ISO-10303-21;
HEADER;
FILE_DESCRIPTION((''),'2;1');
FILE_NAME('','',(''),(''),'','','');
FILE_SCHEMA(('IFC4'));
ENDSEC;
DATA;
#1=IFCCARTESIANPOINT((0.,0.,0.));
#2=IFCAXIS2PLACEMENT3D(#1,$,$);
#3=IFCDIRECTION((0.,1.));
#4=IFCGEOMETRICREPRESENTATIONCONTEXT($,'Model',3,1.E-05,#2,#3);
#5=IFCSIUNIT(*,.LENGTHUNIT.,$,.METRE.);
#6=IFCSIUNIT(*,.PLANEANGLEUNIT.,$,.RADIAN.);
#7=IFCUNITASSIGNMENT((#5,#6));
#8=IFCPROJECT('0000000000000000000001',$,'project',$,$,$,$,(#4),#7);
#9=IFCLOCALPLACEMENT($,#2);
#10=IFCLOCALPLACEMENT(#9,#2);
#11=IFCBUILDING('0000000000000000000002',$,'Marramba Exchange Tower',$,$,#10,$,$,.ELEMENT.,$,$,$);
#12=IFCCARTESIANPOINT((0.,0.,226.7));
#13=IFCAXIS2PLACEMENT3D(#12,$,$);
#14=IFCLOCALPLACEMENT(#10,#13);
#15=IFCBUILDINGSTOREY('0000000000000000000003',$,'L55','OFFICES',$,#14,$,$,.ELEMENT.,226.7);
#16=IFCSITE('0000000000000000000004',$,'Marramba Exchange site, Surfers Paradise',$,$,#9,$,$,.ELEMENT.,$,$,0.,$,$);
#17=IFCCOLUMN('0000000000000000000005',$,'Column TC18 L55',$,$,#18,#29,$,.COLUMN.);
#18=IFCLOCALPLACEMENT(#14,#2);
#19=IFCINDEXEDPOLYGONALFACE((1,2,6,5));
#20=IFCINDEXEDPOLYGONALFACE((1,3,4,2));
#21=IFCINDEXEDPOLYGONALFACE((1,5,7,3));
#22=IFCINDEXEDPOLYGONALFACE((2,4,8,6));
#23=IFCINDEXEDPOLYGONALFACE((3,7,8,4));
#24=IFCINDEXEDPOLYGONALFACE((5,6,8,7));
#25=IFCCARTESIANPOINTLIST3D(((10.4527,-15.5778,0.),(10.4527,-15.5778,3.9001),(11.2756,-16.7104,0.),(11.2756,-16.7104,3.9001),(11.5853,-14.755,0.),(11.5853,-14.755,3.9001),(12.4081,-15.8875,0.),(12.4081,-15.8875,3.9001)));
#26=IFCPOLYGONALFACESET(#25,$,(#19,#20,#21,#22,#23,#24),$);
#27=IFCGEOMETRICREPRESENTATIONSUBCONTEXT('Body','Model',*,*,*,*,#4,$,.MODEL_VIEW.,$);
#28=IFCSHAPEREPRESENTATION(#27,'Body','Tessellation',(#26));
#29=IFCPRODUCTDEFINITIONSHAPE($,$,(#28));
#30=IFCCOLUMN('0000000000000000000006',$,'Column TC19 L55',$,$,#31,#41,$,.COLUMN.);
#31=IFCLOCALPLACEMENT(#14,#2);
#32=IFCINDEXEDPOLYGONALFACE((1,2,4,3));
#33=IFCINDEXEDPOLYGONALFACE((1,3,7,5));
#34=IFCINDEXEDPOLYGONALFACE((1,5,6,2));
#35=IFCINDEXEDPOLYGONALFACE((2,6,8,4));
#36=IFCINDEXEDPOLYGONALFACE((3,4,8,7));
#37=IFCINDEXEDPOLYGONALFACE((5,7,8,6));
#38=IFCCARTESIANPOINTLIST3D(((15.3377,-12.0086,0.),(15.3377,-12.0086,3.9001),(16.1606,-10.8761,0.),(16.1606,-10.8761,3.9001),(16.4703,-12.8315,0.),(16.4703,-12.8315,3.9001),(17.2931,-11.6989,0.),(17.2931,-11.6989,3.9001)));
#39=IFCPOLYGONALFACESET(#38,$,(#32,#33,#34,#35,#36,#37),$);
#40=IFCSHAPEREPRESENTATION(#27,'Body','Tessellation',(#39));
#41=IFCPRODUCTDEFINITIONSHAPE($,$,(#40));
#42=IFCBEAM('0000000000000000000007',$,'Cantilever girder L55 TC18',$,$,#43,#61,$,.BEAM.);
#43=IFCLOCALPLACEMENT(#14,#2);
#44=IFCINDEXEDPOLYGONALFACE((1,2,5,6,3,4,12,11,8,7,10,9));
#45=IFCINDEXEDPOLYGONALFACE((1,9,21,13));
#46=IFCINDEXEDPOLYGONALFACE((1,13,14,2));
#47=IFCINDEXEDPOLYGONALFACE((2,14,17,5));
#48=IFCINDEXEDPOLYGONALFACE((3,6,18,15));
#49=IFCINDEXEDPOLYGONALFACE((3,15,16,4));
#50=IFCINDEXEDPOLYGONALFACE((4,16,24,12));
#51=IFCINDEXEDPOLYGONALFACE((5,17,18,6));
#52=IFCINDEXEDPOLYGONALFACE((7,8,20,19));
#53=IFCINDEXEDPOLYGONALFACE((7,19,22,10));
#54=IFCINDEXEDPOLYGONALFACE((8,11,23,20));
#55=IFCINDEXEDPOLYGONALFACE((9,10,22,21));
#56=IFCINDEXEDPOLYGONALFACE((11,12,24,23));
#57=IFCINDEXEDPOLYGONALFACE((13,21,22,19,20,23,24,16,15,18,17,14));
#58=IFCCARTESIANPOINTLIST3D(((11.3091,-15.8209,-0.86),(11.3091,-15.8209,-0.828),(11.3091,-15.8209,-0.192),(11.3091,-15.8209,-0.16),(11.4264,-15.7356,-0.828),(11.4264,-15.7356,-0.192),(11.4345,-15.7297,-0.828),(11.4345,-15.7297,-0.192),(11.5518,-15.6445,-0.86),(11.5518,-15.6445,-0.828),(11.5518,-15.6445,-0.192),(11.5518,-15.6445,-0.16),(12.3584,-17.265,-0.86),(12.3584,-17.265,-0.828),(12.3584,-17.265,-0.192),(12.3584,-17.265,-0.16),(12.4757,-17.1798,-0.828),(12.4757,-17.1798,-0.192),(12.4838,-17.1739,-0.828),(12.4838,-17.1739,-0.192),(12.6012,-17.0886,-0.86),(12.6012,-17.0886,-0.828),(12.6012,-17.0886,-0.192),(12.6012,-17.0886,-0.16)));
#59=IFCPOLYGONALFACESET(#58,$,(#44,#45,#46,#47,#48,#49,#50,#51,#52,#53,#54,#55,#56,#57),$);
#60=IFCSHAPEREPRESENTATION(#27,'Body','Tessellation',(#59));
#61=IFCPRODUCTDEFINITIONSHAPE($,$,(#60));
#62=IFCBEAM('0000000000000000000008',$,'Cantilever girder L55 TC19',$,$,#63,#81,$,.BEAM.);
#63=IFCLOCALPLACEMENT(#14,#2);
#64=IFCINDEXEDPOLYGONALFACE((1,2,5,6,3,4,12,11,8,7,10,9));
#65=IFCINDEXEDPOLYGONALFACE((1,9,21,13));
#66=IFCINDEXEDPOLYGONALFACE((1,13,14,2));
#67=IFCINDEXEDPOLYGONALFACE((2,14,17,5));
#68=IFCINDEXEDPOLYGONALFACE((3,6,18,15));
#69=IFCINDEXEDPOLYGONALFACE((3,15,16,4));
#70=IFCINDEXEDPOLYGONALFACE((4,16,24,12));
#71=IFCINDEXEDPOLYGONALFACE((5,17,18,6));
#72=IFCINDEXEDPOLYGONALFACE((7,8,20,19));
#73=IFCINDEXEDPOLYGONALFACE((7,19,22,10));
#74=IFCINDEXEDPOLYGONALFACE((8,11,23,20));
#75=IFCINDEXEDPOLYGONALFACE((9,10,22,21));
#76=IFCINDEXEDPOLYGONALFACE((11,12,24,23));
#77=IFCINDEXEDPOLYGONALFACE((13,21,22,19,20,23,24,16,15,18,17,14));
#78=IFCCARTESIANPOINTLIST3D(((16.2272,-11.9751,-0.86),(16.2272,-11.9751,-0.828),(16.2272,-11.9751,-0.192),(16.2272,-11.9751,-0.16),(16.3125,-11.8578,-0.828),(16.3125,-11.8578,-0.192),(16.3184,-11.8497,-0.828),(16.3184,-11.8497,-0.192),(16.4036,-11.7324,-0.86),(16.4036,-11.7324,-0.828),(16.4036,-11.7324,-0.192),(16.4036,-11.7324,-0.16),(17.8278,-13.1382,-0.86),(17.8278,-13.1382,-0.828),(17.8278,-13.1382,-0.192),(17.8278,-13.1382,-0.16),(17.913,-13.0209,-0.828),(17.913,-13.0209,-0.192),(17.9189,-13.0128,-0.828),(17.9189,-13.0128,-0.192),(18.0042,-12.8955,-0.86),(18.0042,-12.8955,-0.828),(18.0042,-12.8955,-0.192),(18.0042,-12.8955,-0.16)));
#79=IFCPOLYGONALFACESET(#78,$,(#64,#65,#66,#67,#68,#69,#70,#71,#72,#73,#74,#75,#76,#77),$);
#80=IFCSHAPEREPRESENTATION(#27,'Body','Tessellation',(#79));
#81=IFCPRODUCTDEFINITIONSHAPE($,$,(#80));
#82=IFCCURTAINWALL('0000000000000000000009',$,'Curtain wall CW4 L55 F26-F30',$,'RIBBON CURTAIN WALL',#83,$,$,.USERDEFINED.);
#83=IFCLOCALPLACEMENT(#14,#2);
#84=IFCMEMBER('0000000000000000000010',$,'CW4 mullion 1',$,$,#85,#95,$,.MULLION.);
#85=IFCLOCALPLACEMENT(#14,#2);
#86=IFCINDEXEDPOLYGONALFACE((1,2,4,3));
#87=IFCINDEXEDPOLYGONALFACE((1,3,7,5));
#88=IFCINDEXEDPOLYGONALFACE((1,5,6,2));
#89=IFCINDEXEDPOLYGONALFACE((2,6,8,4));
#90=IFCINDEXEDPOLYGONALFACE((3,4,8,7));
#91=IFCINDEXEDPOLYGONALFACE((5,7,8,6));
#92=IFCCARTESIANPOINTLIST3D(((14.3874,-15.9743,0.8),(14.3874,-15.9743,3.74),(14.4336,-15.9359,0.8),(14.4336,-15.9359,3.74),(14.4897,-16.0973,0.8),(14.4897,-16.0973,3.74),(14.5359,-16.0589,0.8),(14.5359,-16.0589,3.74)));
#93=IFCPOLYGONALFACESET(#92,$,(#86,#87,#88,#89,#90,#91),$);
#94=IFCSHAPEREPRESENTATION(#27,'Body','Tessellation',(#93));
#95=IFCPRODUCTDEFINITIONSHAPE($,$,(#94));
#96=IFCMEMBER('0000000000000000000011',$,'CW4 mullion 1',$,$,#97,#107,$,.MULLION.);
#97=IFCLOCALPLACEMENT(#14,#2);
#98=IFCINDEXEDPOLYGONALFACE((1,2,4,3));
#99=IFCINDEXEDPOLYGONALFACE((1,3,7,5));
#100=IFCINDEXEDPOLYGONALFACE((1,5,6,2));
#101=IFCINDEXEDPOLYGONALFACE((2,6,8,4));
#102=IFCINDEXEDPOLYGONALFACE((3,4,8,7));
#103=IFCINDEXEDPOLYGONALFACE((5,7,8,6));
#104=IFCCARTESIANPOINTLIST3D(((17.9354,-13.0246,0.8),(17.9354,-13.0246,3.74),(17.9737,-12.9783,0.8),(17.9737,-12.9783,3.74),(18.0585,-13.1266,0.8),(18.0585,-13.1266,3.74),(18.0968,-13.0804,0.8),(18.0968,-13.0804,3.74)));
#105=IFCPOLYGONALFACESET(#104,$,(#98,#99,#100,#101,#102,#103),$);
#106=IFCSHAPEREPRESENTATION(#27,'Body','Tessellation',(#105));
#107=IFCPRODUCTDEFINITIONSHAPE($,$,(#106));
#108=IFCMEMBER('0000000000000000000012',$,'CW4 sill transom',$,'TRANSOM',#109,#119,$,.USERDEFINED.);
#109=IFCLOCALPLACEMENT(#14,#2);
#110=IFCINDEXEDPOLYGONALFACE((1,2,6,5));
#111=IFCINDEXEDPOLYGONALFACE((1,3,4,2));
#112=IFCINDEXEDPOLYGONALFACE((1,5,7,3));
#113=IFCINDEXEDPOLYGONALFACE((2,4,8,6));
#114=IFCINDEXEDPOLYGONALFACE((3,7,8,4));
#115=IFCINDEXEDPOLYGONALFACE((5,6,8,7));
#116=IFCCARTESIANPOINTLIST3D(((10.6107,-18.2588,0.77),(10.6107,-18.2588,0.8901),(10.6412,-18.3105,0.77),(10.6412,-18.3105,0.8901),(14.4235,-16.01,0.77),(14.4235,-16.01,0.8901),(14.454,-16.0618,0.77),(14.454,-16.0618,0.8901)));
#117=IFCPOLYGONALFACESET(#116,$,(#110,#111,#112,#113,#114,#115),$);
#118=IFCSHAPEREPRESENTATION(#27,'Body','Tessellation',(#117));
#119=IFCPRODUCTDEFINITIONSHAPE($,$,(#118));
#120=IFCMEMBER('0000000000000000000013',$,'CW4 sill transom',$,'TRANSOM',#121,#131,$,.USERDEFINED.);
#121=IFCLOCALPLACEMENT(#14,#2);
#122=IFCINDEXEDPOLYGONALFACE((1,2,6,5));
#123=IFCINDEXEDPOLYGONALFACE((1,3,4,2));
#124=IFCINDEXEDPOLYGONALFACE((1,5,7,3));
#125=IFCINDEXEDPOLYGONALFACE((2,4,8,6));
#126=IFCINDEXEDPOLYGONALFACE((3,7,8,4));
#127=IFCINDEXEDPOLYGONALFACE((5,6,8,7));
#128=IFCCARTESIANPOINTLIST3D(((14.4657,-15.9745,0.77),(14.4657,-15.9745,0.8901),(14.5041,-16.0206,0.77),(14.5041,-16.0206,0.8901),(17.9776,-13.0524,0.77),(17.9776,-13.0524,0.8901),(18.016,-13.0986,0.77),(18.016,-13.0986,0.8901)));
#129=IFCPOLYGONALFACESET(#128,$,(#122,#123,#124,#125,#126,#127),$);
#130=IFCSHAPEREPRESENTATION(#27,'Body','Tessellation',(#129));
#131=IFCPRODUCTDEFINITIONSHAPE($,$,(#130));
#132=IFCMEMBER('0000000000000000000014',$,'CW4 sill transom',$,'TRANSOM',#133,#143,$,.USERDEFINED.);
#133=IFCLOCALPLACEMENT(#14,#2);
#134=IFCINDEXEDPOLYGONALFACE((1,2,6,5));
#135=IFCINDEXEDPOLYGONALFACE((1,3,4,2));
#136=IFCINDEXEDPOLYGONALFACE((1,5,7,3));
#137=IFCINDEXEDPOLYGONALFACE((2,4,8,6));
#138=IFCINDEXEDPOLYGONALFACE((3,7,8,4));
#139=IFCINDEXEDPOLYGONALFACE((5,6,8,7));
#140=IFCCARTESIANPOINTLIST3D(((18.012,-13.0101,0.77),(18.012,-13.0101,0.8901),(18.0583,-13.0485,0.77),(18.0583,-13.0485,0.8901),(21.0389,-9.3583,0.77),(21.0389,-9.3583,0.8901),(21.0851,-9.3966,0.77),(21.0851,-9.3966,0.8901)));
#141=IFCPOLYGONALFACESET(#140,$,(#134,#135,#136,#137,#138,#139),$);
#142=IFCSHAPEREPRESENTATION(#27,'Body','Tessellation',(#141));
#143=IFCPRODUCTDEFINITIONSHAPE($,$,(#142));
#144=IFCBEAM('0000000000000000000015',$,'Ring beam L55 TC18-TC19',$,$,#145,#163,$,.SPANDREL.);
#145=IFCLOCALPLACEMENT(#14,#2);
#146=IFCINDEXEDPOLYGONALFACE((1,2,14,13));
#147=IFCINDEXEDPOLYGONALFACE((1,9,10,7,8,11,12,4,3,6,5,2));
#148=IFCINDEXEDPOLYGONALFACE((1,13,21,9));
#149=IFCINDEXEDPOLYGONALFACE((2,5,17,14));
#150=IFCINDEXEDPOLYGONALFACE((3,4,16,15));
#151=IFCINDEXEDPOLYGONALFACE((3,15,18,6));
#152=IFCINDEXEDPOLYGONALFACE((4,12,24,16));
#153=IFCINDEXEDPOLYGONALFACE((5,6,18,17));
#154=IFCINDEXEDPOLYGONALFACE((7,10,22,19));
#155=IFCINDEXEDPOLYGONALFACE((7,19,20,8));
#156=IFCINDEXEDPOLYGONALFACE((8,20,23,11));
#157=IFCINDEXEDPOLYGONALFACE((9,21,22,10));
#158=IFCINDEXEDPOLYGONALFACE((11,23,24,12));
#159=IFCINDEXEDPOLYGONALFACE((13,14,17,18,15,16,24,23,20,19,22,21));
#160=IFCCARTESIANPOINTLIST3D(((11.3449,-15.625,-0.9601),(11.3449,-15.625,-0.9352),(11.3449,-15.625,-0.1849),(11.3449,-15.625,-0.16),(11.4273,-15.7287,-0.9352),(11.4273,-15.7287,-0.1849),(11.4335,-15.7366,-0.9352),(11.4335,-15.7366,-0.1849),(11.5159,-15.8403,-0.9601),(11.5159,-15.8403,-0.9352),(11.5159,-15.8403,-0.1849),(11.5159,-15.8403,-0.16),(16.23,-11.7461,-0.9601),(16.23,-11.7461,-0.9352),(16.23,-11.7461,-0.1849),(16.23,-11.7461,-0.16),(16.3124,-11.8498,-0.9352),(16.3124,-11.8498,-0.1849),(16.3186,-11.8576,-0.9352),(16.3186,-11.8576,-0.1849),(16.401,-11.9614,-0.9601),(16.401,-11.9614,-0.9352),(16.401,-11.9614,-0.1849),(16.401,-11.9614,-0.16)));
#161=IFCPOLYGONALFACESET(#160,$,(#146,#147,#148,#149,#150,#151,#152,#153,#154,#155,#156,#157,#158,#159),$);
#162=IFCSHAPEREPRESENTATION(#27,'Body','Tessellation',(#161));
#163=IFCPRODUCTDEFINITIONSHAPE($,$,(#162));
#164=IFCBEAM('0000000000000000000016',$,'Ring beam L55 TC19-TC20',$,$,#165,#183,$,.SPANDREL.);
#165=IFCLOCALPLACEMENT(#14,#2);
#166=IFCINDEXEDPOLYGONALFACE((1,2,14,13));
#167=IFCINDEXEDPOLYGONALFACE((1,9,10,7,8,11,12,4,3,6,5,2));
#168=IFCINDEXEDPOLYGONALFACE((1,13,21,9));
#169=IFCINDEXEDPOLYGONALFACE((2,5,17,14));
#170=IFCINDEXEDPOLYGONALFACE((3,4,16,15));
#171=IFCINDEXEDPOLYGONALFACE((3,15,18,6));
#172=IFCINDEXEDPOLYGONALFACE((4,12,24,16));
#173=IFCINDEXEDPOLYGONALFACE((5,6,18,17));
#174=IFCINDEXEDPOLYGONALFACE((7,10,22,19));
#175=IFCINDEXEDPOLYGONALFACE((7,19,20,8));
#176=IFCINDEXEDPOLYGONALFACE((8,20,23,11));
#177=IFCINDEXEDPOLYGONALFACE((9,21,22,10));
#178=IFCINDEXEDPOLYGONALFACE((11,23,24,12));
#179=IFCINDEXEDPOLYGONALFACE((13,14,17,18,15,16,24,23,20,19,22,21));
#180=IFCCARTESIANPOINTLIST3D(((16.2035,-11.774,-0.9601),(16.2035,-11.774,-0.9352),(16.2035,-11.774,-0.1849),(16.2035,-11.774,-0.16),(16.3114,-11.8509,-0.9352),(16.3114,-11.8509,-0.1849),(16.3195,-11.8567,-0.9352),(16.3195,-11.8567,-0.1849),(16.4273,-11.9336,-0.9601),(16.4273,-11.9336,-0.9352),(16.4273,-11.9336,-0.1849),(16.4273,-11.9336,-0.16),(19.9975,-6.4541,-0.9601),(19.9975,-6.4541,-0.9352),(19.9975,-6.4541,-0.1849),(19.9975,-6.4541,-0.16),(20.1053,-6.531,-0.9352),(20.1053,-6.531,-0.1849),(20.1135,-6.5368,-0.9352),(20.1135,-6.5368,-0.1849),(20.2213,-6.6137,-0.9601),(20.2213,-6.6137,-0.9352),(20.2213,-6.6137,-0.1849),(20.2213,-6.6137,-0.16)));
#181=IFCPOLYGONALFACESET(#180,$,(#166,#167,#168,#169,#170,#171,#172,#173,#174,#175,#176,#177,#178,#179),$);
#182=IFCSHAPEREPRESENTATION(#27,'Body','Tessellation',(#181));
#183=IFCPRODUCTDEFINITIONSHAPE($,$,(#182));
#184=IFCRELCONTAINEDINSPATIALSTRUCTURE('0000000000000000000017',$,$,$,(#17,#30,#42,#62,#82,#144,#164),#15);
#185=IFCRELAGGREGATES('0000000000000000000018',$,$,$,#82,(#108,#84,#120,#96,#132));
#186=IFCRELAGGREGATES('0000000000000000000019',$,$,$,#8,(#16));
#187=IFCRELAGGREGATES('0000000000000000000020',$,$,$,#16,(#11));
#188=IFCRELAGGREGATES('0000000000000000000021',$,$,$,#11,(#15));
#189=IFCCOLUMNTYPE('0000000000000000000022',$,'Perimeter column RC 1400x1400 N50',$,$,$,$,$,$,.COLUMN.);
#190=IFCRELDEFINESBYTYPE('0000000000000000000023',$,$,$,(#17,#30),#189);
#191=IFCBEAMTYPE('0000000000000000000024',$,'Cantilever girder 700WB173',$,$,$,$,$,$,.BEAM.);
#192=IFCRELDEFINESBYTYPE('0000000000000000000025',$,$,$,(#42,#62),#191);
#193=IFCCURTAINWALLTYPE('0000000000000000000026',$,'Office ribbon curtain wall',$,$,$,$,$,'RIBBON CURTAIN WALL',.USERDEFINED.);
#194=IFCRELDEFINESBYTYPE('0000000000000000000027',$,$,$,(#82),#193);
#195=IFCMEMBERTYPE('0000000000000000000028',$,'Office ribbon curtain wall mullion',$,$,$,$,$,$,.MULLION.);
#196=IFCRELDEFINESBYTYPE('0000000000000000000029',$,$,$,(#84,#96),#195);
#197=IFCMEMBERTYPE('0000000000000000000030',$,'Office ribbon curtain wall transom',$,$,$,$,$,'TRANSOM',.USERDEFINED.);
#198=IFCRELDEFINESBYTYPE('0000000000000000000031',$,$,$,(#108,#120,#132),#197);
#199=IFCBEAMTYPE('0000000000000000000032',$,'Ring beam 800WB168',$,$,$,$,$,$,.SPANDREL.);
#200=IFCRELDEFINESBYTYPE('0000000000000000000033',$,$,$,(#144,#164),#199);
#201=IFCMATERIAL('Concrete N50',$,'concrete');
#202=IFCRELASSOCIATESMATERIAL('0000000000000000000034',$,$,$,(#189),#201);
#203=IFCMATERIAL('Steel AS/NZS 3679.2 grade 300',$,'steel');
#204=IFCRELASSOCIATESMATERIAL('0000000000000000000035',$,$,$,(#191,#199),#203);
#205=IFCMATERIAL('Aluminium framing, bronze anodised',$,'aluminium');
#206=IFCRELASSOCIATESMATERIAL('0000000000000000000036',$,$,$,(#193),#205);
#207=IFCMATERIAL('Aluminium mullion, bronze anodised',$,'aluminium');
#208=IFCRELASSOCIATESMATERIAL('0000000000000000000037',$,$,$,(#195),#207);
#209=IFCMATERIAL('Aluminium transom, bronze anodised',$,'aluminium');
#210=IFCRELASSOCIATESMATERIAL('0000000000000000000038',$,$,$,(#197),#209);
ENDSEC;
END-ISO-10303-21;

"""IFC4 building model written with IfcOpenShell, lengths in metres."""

from ifc_helpers import new_model, si_unit, direction, frame, origin, origin_2d, place, context, subcontext, project, spatial, rectangle, i_section, extrude, material, material_profile, profile_set, type_object, element, aggregate, save


model = new_model("IFC4")

# Units and contexts
model_context = context("Model", 3, precision=1e-05, world=origin(), true_north=direction((0.0, 1.0)))
body_context = subcontext(model_context, "Body", "Model", "MODEL_VIEW")
ifc_project = project(units=[si_unit("LENGTHUNIT", "METRE"), si_unit("PLANEANGLEUNIT", "RADIAN")], contexts=[model_context])

# Site, building, storey
site_placement = place(None, origin())
site = spatial("IfcSite", under=ifc_project, at=site_placement, Name="Marramba Exchange site, Surfers Paradise", CompositionType="ELEMENT", RefElevation=0.0)
building_placement = place(site_placement, origin())
building = spatial("IfcBuilding", under=site, at=building_placement, Name="Marramba Exchange Tower", CompositionType="ELEMENT")
storey_placement = place(building_placement, frame((0.0, 0.0, 226.7)))
storey = spatial("IfcBuildingStorey", under=building, at=storey_placement, Name="L55", Description="OFFICES", CompositionType="ELEMENT", Elevation=226.7)

# Columns
ifc_material_1 = material(Name="Concrete N50", Category="concrete")
ifc_material_profile_1 = material_profile(ifc_material_1, rectangle(XDim=1.3999, YDim=1.3999, at=origin_2d()), Name="RC 1400x1400")
ifc_profile_set_1 = profile_set([ifc_material_profile_1], Name="Concrete N50")
column_type = type_object("IfcColumnType", Name="Perimeter column RC 1400x1400 N50", PredefinedType="COLUMN", material=ifc_profile_set_1)
for number, where, z_axis, x_axis, name in (
    (1, (11.4304, -15.7327, 0.0), (0.0, 0.0, 1.0), (0.587785, -0.809017, 0.0), "Column TC18 L55"),
    (2, (16.3154, -11.8538, 0.0), (0.0, 0.0, 1.0), (0.809017, -0.587785, 0.0), "Column TC19 L55"),
):
    element("IfcColumn", number, at=place(storey_placement, frame(where, z_axis=z_axis, x_axis=x_axis)), inside=storey, type_object=column_type, Name=name, PredefinedType="COLUMN", context=body_context, shape_type="SweptSolid", body=[
        extrude(rectangle(XDim=1.3999, YDim=1.3999, at=origin_2d()), origin(), (0.0, 0.0, 1.0), 3.9001),
    ])

# Beams
ifc_material_2 = material(Name="Steel AS/NZS 3679.2 grade 300", Category="steel")
ifc_material_profile_2 = material_profile(ifc_material_2, i_section(OverallWidth=0.3, OverallDepth=0.7, WebThickness=0.01, FlangeThickness=0.032, at=origin_2d()), Name="700WB173")
ifc_profile_set_2 = profile_set([ifc_material_profile_2], Name="Steel AS/NZS 3679.2 grade 300")
beam_type_1 = type_object("IfcBeamType", Name="Cantilever girder 700WB173", PredefinedType="BEAM", material=ifc_profile_set_2)
beam_1_placement = place(storey_placement, frame((11.4304, -15.7327, -0.51), z_axis=(0.58783, -0.808984, 0.0), x_axis=(0.808984, 0.58783, 0.0)))
element("IfcBeam", 3, at=beam_1_placement, inside=storey, type_object=beam_type_1, Name="Cantilever girder L55 TC18", PredefinedType="BEAM", context=body_context, shape_type="SweptSolid", body=[
    extrude(i_section(OverallWidth=0.3, OverallDepth=0.7, WebThickness=0.01, FlangeThickness=0.032, at=origin_2d()), origin(), (0.0, 0.0, 1.0), 1.7852),
])
beam_2_placement = place(storey_placement, frame((16.3154, -11.8538, -0.51), z_axis=(0.808971, -0.587849, 0.0), x_axis=(0.587849, 0.808971, 0.0)))
element("IfcBeam", 4, at=beam_2_placement, inside=storey, type_object=beam_type_1, Name="Cantilever girder L55 TC19", PredefinedType="BEAM", context=body_context, shape_type="SweptSolid", body=[
    extrude(i_section(OverallWidth=0.3, OverallDepth=0.7, WebThickness=0.01, FlangeThickness=0.032, at=origin_2d()), origin(), (0.0, 0.0, 1.0), 1.9785),
])

# Curtain wall, members
ifc_material_3 = material(Name="Aluminium framing, bronze anodised", Category="aluminium")
curtain_wall_type = type_object("IfcCurtainWallType", Name="Office ribbon curtain wall", ElementType="RIBBON CURTAIN WALL", PredefinedType="USERDEFINED", material=ifc_material_3)
curtain_wall_placement = place(storey_placement, origin())
curtain_wall = element("IfcCurtainWall", 5, at=curtain_wall_placement, inside=storey, type_object=curtain_wall_type, Name="Curtain wall CW4 L55 F26-F30", ObjectType="RIBBON CURTAIN WALL", PredefinedType="USERDEFINED")
ifc_material_4 = material(Name="Aluminium mullion, bronze anodised", Category="aluminium")
ifc_material_profile_3 = material_profile(ifc_material_4, rectangle(XDim=0.1599, YDim=0.0601, at=origin_2d()), Name="CW4 mullion 60x160")
ifc_profile_set_3 = profile_set([ifc_material_profile_3], Name="Aluminium mullion, bronze anodised")
member_type_1 = type_object("IfcMemberType", Name="Office ribbon curtain wall mullion", PredefinedType="MULLION", material=ifc_profile_set_3)
member_1_placement = place(storey_placement, frame((14.4617, -16.0166, 0.8), z_axis=(0.0, 0.0, 1.0), x_axis=(-0.639565, 0.768737, 0.0)))
member_1 = element("IfcMember", 6, at=member_1_placement, type_object=member_type_1, Name="CW4 mullion 1", PredefinedType="MULLION", context=body_context, shape_type="SweptSolid", body=[
    extrude(rectangle(XDim=0.1599, YDim=0.0601, at=origin_2d()), origin(), (0.0, 0.0, 1.0), 2.9399),
])
member_2_placement = place(storey_placement, frame((18.0161, -13.0525, 0.8), z_axis=(0.0, 0.0, 1.0), x_axis=(-0.769912, 0.63815, 0.0)))
member_2 = element("IfcMember", 7, at=member_2_placement, type_object=member_type_1, Name="CW4 mullion 1", PredefinedType="MULLION", context=body_context, shape_type="SweptSolid", body=[
    extrude(rectangle(XDim=0.1599, YDim=0.0601, at=origin_2d()), origin(), (0.0, 0.0, 1.0), 2.9399),
])
ifc_material_5 = material(Name="Aluminium transom, bronze anodised", Category="aluminium")
ifc_material_profile_4 = material_profile(ifc_material_5, rectangle(XDim=0.0601, YDim=0.1201, at=origin_2d()), Name="CW4 transom 60x120")
ifc_profile_set_4 = profile_set([ifc_material_profile_4], Name="Aluminium transom, bronze anodised")
member_type_2 = type_object("IfcMemberType", Name="Office ribbon curtain wall transom", ElementType="TRANSOM", PredefinedType="USERDEFINED", material=ifc_profile_set_4)
member_3_placement = place(storey_placement, frame((10.626, -18.2847, 0.8301), z_axis=(0.861342, 0.508025, 0.0), x_axis=(-0.508025, 0.861342, 0.0)))
member_3 = element("IfcMember", 8, at=member_3_placement, type_object=member_type_2, Name="CW4 sill transom", ObjectType="TRANSOM", PredefinedType="USERDEFINED", context=body_context, shape_type="SweptSolid", body=[
    extrude(rectangle(XDim=0.0601, YDim=0.1201, at=origin_2d()), origin(), (0.0, 0.0, 1.0), 4.4265),
])
member_4_placement = place(storey_placement, frame((14.4849, -15.9976, 0.8301), z_axis=(0.768707, 0.639601, 0.0), x_axis=(-0.639601, 0.768707, 0.0)))
member_4 = element("IfcMember", 9, at=member_4_placement, type_object=member_type_2, Name="CW4 sill transom", ObjectType="TRANSOM", PredefinedType="USERDEFINED", context=body_context, shape_type="SweptSolid", body=[
    extrude(rectangle(XDim=0.0601, YDim=0.1201, at=origin_2d()), origin(), (0.0, 0.0, 1.0), 4.5686),
])
member_5_placement = place(storey_placement, frame((18.0352, -13.0293, 0.8301), z_axis=(0.638147, 0.769915, 0.0), x_axis=(-0.769915, 0.638147, 0.0)))
member_5 = element("IfcMember", 10, at=member_5_placement, type_object=member_type_2, Name="CW4 sill transom", ObjectType="TRANSOM", PredefinedType="USERDEFINED", context=body_context, shape_type="SweptSolid", body=[
    extrude(rectangle(XDim=0.0601, YDim=0.1201, at=origin_2d()), origin(), (0.0, 0.0, 1.0), 4.7432),
])

# Beams
ifc_material_profile_5 = material_profile(ifc_material_2, i_section(OverallWidth=0.2749, OverallDepth=0.8, WebThickness=0.01, FlangeThickness=0.0249, at=origin_2d()), Name="800WB168")
ifc_profile_set_5 = profile_set([ifc_material_profile_5], Name="Steel AS/NZS 3679.2 grade 300")
beam_type_2 = type_object("IfcBeamType", Name="Ring beam 800WB168", PredefinedType="SPANDREL", material=ifc_profile_set_5)
beam_3_placement = place(storey_placement, frame((11.4304, -15.7327, -0.5601), z_axis=(0.783139, 0.621846, 0.0), x_axis=(-0.621846, 0.783139, 0.0)))
element("IfcBeam", 11, at=beam_3_placement, inside=storey, type_object=beam_type_2, Name="Ring beam L55 TC18-TC19", PredefinedType="SPANDREL", context=body_context, shape_type="SweptSolid", body=[
    extrude(i_section(OverallWidth=0.2749, OverallDepth=0.8, WebThickness=0.01, FlangeThickness=0.0249, at=origin_2d()), origin(), (0.0, 0.0, 1.0), 6.2378),
])
beam_4_placement = place(storey_placement, frame((16.3154, -11.8538, -0.5601), z_axis=(0.580637, 0.814162, 0.0), x_axis=(-0.814162, 0.580637, 0.0)))
element("IfcBeam", 12, at=beam_4_placement, inside=storey, type_object=beam_type_2, Name="Ring beam L55 TC19-TC20", PredefinedType="SPANDREL", context=body_context, shape_type="SweptSolid", body=[
    extrude(i_section(OverallWidth=0.2749, OverallDepth=0.8, WebThickness=0.01, FlangeThickness=0.0249, at=origin_2d()), origin(), (0.0, 0.0, 1.0), 6.5342),
])

aggregate(curtain_wall, [member_3, member_1, member_4, member_2, member_5])

save(model, "model.ifc")
